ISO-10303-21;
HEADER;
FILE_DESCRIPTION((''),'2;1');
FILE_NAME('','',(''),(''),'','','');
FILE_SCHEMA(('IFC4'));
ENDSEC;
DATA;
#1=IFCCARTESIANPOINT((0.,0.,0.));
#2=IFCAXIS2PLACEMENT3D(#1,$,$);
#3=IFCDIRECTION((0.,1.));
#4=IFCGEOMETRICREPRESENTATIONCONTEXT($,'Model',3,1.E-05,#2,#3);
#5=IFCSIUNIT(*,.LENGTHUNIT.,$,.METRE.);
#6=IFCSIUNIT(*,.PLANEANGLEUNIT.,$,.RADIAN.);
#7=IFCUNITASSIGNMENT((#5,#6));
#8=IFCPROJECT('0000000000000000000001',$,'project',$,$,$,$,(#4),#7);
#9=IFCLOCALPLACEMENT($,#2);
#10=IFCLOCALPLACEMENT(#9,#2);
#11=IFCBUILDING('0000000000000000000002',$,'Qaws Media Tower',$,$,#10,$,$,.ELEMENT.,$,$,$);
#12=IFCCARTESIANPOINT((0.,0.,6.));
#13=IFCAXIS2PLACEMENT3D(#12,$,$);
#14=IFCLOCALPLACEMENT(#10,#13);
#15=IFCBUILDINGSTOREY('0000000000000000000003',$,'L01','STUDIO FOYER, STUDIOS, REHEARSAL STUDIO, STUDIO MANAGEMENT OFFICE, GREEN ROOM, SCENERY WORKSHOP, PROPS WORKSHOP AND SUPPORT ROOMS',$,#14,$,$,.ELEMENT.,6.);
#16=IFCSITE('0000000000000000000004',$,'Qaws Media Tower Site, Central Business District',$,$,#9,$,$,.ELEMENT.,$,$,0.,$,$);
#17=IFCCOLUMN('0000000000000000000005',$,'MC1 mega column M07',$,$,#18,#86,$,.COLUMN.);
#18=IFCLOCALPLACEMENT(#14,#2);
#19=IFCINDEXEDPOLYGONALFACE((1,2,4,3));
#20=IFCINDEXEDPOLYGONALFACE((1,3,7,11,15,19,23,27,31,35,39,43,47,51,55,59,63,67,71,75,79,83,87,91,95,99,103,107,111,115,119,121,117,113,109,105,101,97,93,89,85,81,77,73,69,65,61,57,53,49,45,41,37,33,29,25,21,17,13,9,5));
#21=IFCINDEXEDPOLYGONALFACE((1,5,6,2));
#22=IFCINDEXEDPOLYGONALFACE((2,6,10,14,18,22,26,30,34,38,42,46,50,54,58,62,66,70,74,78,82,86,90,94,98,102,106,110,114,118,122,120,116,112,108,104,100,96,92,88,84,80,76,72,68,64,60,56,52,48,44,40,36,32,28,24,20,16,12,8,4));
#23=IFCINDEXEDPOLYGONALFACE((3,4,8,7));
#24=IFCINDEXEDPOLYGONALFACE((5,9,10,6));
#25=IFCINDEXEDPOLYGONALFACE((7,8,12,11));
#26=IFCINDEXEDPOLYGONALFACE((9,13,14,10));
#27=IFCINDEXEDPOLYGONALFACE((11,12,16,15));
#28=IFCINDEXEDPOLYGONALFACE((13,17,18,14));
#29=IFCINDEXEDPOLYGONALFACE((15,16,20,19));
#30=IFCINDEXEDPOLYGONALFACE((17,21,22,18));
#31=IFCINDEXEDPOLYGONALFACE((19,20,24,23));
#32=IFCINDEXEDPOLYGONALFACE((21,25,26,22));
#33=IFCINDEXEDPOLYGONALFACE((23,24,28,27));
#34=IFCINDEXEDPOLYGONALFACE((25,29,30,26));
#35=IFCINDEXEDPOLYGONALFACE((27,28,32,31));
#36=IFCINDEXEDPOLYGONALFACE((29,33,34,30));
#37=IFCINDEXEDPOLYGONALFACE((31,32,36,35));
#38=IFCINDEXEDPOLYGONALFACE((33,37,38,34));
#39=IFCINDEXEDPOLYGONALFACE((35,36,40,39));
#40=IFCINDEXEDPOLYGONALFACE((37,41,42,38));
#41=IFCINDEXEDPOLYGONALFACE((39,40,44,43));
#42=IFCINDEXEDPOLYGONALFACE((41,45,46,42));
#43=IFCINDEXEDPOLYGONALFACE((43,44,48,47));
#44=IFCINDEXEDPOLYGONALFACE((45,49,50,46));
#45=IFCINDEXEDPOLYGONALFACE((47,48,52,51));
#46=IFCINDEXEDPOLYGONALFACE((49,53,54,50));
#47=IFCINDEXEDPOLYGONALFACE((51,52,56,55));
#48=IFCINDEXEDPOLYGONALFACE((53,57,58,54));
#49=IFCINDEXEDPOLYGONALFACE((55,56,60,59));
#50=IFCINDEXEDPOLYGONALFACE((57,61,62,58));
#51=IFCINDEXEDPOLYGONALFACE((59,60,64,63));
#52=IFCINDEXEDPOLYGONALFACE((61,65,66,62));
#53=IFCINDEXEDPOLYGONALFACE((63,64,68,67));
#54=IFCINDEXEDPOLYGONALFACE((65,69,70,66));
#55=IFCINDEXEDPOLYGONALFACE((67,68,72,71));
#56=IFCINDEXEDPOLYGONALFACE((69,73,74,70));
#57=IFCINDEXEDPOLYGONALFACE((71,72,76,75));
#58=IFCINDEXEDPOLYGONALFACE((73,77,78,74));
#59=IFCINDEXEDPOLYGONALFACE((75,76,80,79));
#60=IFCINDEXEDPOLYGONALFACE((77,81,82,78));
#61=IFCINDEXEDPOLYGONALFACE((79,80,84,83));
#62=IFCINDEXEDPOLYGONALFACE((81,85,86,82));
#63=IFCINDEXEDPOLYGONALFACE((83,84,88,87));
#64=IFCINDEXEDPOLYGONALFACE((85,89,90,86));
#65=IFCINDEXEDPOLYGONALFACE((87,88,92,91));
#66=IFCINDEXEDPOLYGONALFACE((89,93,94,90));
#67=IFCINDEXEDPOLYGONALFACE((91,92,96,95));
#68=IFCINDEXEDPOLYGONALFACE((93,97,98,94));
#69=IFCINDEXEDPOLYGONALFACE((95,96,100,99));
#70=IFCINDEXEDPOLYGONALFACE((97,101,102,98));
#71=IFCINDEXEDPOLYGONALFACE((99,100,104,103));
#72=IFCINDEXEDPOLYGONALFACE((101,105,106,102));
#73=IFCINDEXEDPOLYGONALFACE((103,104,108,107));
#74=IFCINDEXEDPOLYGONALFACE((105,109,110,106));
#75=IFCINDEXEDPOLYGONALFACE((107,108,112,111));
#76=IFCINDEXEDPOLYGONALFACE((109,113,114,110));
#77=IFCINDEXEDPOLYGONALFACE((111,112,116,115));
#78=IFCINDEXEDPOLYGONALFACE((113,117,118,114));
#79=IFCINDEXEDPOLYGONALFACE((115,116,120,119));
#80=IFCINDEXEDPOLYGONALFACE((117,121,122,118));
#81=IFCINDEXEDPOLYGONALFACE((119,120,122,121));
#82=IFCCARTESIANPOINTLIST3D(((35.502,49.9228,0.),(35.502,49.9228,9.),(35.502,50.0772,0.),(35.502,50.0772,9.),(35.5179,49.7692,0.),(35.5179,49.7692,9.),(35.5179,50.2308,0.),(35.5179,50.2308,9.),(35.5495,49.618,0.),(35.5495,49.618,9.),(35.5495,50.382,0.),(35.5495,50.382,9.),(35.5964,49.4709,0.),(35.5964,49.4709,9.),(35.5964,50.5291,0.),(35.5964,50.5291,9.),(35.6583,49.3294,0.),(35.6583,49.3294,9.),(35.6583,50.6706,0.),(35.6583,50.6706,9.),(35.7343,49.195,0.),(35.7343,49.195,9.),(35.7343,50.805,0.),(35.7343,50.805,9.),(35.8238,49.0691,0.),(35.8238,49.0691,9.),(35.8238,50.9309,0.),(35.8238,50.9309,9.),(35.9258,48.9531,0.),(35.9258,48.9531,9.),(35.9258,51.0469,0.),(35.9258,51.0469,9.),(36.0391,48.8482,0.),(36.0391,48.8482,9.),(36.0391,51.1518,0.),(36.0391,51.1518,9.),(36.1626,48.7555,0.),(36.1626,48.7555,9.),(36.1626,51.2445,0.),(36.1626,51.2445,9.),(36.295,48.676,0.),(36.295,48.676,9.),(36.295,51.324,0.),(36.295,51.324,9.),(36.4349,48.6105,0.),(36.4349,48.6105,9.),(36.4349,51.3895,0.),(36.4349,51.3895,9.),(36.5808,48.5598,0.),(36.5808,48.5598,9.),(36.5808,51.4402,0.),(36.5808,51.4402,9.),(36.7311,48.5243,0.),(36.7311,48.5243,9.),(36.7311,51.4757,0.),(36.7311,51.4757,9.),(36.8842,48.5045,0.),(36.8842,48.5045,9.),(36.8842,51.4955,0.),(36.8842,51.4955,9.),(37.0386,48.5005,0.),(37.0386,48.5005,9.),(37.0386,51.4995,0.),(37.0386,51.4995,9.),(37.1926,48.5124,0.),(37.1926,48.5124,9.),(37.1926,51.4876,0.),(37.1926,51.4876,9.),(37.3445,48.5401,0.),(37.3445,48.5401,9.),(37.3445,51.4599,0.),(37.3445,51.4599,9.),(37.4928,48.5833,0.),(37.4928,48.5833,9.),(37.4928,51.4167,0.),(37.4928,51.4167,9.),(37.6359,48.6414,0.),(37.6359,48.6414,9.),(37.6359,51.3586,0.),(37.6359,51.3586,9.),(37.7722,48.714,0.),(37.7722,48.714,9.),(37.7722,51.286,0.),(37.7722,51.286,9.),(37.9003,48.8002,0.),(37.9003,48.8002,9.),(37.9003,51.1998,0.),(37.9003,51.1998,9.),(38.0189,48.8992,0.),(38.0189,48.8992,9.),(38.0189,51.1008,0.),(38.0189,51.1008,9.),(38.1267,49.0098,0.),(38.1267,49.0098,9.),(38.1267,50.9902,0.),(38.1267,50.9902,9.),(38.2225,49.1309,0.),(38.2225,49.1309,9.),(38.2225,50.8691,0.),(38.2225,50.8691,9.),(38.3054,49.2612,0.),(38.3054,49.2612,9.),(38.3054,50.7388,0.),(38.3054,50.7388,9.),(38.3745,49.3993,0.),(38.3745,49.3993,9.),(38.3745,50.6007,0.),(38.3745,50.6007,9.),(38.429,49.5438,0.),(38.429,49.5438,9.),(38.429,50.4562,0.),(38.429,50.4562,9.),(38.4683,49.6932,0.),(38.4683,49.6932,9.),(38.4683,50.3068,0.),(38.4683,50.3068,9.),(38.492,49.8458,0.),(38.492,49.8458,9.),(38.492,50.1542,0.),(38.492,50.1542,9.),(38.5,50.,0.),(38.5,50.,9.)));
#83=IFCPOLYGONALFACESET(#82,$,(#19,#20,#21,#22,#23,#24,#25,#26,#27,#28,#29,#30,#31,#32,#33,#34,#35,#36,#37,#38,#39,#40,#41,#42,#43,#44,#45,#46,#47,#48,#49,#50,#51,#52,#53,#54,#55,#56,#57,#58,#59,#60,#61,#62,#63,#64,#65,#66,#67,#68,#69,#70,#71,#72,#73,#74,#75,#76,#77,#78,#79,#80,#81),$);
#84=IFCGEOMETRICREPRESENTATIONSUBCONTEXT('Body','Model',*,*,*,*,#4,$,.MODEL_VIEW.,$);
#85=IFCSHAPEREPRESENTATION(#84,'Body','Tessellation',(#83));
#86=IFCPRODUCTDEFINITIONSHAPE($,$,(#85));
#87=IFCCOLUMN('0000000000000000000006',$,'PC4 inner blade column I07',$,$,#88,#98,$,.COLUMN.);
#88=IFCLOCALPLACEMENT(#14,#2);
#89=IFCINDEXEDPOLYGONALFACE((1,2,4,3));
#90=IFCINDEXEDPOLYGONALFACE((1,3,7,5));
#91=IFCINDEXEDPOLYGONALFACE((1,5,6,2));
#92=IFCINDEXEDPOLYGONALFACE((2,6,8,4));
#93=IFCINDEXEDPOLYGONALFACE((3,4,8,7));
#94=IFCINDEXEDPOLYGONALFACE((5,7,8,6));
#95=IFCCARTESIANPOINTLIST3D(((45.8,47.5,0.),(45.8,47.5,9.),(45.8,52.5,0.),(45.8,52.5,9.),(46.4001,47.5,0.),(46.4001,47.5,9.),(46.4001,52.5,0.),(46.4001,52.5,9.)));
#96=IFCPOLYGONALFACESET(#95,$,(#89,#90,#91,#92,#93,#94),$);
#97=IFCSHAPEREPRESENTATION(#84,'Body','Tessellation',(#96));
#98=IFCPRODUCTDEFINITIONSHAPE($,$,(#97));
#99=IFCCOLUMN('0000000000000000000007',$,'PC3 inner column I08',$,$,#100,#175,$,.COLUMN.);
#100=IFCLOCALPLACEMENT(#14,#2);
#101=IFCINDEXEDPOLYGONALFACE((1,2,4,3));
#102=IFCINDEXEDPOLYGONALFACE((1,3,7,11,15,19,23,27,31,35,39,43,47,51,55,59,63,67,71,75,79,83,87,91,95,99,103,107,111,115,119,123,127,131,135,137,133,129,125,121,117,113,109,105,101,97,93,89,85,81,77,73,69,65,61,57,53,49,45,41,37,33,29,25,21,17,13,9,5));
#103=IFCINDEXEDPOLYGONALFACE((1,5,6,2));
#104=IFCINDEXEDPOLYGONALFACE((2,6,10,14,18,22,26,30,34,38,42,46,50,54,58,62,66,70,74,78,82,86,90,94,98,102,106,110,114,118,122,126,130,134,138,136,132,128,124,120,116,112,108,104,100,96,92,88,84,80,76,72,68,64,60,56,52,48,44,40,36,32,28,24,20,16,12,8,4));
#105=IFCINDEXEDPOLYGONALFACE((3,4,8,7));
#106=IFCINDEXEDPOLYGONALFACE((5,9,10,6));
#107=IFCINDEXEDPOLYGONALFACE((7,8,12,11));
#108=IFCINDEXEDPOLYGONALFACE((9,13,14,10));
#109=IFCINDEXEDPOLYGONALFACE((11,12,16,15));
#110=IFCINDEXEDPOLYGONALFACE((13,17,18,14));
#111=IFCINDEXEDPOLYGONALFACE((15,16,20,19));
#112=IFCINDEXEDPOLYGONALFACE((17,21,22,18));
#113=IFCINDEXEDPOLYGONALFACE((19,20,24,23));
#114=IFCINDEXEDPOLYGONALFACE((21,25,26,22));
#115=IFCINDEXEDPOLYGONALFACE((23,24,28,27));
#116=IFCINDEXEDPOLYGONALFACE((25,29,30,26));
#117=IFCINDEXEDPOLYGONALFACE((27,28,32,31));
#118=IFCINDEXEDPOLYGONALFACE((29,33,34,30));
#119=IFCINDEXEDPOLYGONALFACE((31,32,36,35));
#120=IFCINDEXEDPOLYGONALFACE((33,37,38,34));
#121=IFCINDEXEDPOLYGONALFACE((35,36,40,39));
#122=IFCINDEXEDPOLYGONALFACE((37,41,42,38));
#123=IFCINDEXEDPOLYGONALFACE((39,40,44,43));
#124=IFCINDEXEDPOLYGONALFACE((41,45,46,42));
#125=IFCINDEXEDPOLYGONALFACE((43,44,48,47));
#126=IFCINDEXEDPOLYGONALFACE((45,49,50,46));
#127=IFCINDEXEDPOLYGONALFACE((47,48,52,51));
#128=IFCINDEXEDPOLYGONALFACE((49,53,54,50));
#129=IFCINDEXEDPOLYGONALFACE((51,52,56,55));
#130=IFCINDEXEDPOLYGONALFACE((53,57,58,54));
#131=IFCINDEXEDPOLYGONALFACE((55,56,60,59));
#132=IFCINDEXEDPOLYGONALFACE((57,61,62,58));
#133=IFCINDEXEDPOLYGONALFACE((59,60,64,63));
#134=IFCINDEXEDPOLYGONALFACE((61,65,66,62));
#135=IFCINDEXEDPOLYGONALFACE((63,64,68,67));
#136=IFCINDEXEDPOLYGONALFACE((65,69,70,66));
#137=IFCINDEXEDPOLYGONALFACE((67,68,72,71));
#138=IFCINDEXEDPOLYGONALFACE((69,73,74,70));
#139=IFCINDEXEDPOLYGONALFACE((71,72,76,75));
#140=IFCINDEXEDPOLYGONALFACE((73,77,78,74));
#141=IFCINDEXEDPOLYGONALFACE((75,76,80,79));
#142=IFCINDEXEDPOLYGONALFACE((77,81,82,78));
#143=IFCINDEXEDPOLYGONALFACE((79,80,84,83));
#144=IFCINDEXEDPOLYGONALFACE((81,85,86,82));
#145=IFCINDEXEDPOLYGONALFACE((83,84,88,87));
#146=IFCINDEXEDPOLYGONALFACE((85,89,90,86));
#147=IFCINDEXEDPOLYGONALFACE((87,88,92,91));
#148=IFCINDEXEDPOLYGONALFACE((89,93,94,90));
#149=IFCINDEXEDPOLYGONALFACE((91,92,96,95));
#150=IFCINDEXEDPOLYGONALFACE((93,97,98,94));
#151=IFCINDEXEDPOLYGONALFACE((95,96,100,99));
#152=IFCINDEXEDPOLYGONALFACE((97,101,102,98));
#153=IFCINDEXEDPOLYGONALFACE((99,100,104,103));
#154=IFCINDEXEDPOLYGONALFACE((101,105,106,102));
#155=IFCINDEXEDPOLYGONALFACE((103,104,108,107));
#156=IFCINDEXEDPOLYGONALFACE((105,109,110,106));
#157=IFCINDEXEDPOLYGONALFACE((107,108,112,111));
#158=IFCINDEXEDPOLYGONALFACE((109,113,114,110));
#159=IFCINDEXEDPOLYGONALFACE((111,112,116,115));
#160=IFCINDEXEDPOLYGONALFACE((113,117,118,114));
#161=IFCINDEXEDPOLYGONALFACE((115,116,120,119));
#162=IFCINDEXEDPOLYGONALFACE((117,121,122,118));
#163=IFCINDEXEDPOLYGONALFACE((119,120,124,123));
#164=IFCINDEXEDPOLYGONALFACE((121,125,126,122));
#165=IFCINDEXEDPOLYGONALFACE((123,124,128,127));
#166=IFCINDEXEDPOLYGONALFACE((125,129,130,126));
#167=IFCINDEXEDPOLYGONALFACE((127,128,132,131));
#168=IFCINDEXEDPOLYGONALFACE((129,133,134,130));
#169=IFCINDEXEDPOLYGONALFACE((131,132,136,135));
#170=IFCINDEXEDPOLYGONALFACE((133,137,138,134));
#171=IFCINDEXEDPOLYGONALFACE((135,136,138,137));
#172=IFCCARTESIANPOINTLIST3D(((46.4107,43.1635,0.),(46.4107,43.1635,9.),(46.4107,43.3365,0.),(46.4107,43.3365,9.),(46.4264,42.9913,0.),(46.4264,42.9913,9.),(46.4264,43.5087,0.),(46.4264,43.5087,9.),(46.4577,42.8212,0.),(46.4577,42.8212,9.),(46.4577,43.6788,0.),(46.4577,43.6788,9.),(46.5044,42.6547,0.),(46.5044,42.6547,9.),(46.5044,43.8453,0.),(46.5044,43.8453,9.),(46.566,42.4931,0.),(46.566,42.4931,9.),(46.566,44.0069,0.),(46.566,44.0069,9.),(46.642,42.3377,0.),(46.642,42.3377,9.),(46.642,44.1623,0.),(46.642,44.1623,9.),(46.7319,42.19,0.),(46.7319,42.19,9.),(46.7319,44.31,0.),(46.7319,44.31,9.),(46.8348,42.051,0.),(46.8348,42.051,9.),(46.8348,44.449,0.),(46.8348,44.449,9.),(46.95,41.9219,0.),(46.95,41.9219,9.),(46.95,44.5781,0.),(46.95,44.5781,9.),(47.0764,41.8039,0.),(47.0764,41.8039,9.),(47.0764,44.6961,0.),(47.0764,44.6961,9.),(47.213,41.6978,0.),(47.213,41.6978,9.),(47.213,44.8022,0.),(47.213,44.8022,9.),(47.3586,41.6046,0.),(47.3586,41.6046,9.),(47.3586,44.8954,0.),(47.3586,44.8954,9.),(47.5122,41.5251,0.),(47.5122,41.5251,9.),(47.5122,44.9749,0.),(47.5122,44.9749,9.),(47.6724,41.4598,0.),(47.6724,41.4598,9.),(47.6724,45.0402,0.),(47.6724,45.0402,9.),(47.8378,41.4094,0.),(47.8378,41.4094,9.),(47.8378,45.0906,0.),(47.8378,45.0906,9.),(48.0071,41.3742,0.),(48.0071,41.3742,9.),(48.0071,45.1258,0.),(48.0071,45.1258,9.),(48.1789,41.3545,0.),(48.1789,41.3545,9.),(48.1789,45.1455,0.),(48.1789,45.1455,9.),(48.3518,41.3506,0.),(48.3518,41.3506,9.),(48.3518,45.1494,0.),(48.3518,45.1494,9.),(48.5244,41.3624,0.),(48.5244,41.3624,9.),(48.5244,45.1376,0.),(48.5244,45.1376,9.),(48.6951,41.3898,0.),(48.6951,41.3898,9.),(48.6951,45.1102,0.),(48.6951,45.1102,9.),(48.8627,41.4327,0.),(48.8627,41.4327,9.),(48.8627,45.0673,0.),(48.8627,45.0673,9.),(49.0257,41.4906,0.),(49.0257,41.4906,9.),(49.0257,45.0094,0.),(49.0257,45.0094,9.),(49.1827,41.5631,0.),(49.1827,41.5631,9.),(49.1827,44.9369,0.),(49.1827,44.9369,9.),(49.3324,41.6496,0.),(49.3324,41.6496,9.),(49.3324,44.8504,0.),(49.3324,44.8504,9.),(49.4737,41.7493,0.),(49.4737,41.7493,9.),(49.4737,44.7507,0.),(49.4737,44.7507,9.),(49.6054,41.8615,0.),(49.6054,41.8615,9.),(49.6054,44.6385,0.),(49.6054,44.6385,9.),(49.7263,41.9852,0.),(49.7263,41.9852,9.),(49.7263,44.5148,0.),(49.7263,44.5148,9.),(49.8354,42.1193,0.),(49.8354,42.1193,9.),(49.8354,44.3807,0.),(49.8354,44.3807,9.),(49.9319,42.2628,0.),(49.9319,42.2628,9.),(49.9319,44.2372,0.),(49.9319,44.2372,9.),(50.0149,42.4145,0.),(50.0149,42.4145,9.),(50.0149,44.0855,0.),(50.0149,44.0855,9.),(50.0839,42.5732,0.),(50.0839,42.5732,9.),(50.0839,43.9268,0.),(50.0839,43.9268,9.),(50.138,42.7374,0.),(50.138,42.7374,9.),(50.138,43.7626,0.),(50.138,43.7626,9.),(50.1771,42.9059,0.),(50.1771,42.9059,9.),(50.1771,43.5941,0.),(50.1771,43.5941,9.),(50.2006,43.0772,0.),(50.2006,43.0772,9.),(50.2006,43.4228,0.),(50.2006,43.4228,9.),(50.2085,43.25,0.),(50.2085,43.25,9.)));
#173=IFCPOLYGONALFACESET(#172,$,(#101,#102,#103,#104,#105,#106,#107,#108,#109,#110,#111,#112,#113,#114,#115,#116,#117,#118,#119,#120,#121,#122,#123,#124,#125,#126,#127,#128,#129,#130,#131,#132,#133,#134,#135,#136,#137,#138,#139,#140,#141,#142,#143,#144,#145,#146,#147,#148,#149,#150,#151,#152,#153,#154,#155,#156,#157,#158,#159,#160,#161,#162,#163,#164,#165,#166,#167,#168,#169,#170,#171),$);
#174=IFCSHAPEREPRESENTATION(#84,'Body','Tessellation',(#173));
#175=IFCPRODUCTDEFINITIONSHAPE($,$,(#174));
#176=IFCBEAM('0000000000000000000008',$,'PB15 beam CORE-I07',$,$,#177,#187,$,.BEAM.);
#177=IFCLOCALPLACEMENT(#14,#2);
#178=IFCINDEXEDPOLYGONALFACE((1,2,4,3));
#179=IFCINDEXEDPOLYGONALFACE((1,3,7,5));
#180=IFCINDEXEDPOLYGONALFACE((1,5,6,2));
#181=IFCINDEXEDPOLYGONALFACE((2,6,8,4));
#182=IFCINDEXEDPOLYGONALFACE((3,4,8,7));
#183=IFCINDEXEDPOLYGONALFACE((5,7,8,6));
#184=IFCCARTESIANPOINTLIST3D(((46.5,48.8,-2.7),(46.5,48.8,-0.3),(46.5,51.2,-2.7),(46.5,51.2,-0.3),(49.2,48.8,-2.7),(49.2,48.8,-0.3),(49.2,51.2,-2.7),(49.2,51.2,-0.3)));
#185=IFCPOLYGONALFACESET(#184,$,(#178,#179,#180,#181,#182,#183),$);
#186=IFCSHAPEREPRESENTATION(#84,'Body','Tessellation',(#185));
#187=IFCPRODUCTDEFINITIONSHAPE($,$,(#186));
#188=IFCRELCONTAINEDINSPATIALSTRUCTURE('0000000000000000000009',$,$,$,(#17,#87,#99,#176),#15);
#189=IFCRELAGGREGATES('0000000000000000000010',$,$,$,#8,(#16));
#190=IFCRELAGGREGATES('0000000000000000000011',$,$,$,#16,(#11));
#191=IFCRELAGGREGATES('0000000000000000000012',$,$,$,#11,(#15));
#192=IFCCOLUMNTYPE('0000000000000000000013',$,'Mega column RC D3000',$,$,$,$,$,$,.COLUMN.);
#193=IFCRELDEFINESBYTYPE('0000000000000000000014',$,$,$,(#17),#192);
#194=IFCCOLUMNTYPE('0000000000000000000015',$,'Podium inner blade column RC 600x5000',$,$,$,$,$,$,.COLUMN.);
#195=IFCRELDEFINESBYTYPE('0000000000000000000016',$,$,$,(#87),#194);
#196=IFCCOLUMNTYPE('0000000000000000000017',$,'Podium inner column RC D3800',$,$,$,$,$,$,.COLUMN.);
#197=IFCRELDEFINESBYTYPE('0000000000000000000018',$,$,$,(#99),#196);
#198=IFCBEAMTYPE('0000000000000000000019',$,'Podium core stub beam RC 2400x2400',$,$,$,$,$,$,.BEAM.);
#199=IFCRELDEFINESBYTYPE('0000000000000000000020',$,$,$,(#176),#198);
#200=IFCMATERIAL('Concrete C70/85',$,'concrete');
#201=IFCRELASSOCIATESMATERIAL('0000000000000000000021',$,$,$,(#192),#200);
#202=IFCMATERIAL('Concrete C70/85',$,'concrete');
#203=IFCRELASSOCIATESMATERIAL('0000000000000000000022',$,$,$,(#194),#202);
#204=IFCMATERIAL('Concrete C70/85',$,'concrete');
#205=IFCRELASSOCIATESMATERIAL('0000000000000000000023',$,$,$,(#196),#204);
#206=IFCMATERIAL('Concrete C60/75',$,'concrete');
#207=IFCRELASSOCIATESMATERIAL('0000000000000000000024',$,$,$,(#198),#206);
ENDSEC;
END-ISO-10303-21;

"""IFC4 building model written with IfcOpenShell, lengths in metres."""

from ifc_helpers import new_model, si_unit, direction, frame, origin, origin_2d, place, context, subcontext, project, spatial, rectangle, circle, extrude, material, material_profile, profile_set, type_object, element, save


model = new_model("IFC4")

# Units and contexts
model_context = context("Model", 3, precision=1e-05, world=origin(), true_north=direction((0.0, 1.0)))
body_context = subcontext(model_context, "Body", "Model", "MODEL_VIEW")
ifc_project = project(units=[si_unit("LENGTHUNIT", "METRE"), si_unit("PLANEANGLEUNIT", "RADIAN")], contexts=[model_context])

# Site, building, storey
site_placement = place(None, origin())
site = spatial("IfcSite", under=ifc_project, at=site_placement, Name="Qaws Media Tower Site, Central Business District", CompositionType="ELEMENT", RefElevation=0.0)
building_placement = place(site_placement, origin())
building = spatial("IfcBuilding", under=site, at=building_placement, Name="Qaws Media Tower", CompositionType="ELEMENT")
storey_placement = place(building_placement, frame((0.0, 0.0, 6.0)))
storey = spatial("IfcBuildingStorey", under=building, at=storey_placement, Name="L01", Description="STUDIO FOYER, STUDIOS, REHEARSAL STUDIO, STUDIO MANAGEMENT OFFICE, GREEN ROOM, SCENERY WORKSHOP, PROPS WORKSHOP AND SUPPORT ROOMS", CompositionType="ELEMENT", Elevation=6.0)

# Columns
ifc_material_1 = material(Name="Concrete C70/85", Category="concrete")
ifc_material_profile_1 = material_profile(ifc_material_1, circle(Radius=1.5, at=origin_2d()), Name="RC D3000")
ifc_profile_set_1 = profile_set([ifc_material_profile_1], Name="Concrete C70/85")
column_type_1 = type_object("IfcColumnType", Name="Mega column RC D3000", PredefinedType="COLUMN", material=ifc_profile_set_1)
column_1_placement = place(storey_placement, frame((37.0, 50.0, 0.0), z_axis=(0.0, 0.0, 1.0), x_axis=(1.0, 0.0, 0.0)))
element("IfcColumn", 1, at=column_1_placement, inside=storey, type_object=column_type_1, Name="MC1 mega column M07", PredefinedType="COLUMN", context=body_context, shape_type="SweptSolid", body=[
    extrude(circle(Radius=1.5, at=origin_2d()), origin(), (0.0, 0.0, 1.0), 9.0),
])
ifc_material_2 = material(Name="Concrete C70/85", Category="concrete")
ifc_material_profile_2 = material_profile(ifc_material_2, rectangle(XDim=0.6001, YDim=5.0, at=origin_2d()), Name="RC 600x5000")
ifc_profile_set_2 = profile_set([ifc_material_profile_2], Name="Concrete C70/85")
column_type_2 = type_object("IfcColumnType", Name="Podium inner blade column RC 600x5000", PredefinedType="COLUMN", material=ifc_profile_set_2)
column_2_placement = place(storey_placement, frame((46.1001, 50.0, 0.0), z_axis=(0.0, 0.0, 1.0), x_axis=(1.0, 0.0, 0.0)))
element("IfcColumn", 2, at=column_2_placement, inside=storey, type_object=column_type_2, Name="PC4 inner blade column I07", PredefinedType="COLUMN", context=body_context, shape_type="SweptSolid", body=[
    extrude(rectangle(XDim=0.6001, YDim=5.0, at=origin_2d()), origin(), (0.0, 0.0, 1.0), 9.0),
])
ifc_material_3 = material(Name="Concrete C70/85", Category="concrete")
ifc_material_profile_3 = material_profile(ifc_material_3, circle(Radius=1.8999, at=origin_2d()), Name="RC D3800")
ifc_profile_set_3 = profile_set([ifc_material_profile_3], Name="Concrete C70/85")
column_type_3 = type_object("IfcColumnType", Name="Podium inner column RC D3800", PredefinedType="COLUMN", material=ifc_profile_set_3)
column_3_placement = place(storey_placement, frame((48.3086, 43.25, 0.0), z_axis=(0.0, 0.0, 1.0), x_axis=(1.0, 0.0, 0.0)))
element("IfcColumn", 3, at=column_3_placement, inside=storey, type_object=column_type_3, Name="PC3 inner column I08", PredefinedType="COLUMN", context=body_context, shape_type="SweptSolid", body=[
    extrude(circle(Radius=1.8999, at=origin_2d()), origin(), (0.0, 0.0, 1.0), 9.0),
])

# Beam
ifc_material_4 = material(Name="Concrete C60/75", Category="concrete")
ifc_material_profile_4 = material_profile(ifc_material_4, rectangle(XDim=2.3999, YDim=2.3999, at=origin_2d()), Name="RC 2400x2400")
ifc_profile_set_4 = profile_set([ifc_material_profile_4], Name="Concrete C60/75")
beam_type_1 = type_object("IfcBeamType", Name="Podium core stub beam RC 2400x2400", PredefinedType="BEAM", material=ifc_profile_set_4)
beam_1_placement = place(storey_placement, frame((49.2, 50.0, -1.5), z_axis=(-1.0, 0.0, 0.0), x_axis=(0.0, -1.0, 0.0)))
element("IfcBeam", 4, at=beam_1_placement, inside=storey, type_object=beam_type_1, Name="PB15 beam CORE-I07", PredefinedType="BEAM", context=body_context, shape_type="SweptSolid", body=[
    extrude(rectangle(XDim=2.3999, YDim=2.3999, at=origin_2d()), origin(), (0.0, 0.0, 1.0), 2.7),
])

save(model, "model.ifc")
